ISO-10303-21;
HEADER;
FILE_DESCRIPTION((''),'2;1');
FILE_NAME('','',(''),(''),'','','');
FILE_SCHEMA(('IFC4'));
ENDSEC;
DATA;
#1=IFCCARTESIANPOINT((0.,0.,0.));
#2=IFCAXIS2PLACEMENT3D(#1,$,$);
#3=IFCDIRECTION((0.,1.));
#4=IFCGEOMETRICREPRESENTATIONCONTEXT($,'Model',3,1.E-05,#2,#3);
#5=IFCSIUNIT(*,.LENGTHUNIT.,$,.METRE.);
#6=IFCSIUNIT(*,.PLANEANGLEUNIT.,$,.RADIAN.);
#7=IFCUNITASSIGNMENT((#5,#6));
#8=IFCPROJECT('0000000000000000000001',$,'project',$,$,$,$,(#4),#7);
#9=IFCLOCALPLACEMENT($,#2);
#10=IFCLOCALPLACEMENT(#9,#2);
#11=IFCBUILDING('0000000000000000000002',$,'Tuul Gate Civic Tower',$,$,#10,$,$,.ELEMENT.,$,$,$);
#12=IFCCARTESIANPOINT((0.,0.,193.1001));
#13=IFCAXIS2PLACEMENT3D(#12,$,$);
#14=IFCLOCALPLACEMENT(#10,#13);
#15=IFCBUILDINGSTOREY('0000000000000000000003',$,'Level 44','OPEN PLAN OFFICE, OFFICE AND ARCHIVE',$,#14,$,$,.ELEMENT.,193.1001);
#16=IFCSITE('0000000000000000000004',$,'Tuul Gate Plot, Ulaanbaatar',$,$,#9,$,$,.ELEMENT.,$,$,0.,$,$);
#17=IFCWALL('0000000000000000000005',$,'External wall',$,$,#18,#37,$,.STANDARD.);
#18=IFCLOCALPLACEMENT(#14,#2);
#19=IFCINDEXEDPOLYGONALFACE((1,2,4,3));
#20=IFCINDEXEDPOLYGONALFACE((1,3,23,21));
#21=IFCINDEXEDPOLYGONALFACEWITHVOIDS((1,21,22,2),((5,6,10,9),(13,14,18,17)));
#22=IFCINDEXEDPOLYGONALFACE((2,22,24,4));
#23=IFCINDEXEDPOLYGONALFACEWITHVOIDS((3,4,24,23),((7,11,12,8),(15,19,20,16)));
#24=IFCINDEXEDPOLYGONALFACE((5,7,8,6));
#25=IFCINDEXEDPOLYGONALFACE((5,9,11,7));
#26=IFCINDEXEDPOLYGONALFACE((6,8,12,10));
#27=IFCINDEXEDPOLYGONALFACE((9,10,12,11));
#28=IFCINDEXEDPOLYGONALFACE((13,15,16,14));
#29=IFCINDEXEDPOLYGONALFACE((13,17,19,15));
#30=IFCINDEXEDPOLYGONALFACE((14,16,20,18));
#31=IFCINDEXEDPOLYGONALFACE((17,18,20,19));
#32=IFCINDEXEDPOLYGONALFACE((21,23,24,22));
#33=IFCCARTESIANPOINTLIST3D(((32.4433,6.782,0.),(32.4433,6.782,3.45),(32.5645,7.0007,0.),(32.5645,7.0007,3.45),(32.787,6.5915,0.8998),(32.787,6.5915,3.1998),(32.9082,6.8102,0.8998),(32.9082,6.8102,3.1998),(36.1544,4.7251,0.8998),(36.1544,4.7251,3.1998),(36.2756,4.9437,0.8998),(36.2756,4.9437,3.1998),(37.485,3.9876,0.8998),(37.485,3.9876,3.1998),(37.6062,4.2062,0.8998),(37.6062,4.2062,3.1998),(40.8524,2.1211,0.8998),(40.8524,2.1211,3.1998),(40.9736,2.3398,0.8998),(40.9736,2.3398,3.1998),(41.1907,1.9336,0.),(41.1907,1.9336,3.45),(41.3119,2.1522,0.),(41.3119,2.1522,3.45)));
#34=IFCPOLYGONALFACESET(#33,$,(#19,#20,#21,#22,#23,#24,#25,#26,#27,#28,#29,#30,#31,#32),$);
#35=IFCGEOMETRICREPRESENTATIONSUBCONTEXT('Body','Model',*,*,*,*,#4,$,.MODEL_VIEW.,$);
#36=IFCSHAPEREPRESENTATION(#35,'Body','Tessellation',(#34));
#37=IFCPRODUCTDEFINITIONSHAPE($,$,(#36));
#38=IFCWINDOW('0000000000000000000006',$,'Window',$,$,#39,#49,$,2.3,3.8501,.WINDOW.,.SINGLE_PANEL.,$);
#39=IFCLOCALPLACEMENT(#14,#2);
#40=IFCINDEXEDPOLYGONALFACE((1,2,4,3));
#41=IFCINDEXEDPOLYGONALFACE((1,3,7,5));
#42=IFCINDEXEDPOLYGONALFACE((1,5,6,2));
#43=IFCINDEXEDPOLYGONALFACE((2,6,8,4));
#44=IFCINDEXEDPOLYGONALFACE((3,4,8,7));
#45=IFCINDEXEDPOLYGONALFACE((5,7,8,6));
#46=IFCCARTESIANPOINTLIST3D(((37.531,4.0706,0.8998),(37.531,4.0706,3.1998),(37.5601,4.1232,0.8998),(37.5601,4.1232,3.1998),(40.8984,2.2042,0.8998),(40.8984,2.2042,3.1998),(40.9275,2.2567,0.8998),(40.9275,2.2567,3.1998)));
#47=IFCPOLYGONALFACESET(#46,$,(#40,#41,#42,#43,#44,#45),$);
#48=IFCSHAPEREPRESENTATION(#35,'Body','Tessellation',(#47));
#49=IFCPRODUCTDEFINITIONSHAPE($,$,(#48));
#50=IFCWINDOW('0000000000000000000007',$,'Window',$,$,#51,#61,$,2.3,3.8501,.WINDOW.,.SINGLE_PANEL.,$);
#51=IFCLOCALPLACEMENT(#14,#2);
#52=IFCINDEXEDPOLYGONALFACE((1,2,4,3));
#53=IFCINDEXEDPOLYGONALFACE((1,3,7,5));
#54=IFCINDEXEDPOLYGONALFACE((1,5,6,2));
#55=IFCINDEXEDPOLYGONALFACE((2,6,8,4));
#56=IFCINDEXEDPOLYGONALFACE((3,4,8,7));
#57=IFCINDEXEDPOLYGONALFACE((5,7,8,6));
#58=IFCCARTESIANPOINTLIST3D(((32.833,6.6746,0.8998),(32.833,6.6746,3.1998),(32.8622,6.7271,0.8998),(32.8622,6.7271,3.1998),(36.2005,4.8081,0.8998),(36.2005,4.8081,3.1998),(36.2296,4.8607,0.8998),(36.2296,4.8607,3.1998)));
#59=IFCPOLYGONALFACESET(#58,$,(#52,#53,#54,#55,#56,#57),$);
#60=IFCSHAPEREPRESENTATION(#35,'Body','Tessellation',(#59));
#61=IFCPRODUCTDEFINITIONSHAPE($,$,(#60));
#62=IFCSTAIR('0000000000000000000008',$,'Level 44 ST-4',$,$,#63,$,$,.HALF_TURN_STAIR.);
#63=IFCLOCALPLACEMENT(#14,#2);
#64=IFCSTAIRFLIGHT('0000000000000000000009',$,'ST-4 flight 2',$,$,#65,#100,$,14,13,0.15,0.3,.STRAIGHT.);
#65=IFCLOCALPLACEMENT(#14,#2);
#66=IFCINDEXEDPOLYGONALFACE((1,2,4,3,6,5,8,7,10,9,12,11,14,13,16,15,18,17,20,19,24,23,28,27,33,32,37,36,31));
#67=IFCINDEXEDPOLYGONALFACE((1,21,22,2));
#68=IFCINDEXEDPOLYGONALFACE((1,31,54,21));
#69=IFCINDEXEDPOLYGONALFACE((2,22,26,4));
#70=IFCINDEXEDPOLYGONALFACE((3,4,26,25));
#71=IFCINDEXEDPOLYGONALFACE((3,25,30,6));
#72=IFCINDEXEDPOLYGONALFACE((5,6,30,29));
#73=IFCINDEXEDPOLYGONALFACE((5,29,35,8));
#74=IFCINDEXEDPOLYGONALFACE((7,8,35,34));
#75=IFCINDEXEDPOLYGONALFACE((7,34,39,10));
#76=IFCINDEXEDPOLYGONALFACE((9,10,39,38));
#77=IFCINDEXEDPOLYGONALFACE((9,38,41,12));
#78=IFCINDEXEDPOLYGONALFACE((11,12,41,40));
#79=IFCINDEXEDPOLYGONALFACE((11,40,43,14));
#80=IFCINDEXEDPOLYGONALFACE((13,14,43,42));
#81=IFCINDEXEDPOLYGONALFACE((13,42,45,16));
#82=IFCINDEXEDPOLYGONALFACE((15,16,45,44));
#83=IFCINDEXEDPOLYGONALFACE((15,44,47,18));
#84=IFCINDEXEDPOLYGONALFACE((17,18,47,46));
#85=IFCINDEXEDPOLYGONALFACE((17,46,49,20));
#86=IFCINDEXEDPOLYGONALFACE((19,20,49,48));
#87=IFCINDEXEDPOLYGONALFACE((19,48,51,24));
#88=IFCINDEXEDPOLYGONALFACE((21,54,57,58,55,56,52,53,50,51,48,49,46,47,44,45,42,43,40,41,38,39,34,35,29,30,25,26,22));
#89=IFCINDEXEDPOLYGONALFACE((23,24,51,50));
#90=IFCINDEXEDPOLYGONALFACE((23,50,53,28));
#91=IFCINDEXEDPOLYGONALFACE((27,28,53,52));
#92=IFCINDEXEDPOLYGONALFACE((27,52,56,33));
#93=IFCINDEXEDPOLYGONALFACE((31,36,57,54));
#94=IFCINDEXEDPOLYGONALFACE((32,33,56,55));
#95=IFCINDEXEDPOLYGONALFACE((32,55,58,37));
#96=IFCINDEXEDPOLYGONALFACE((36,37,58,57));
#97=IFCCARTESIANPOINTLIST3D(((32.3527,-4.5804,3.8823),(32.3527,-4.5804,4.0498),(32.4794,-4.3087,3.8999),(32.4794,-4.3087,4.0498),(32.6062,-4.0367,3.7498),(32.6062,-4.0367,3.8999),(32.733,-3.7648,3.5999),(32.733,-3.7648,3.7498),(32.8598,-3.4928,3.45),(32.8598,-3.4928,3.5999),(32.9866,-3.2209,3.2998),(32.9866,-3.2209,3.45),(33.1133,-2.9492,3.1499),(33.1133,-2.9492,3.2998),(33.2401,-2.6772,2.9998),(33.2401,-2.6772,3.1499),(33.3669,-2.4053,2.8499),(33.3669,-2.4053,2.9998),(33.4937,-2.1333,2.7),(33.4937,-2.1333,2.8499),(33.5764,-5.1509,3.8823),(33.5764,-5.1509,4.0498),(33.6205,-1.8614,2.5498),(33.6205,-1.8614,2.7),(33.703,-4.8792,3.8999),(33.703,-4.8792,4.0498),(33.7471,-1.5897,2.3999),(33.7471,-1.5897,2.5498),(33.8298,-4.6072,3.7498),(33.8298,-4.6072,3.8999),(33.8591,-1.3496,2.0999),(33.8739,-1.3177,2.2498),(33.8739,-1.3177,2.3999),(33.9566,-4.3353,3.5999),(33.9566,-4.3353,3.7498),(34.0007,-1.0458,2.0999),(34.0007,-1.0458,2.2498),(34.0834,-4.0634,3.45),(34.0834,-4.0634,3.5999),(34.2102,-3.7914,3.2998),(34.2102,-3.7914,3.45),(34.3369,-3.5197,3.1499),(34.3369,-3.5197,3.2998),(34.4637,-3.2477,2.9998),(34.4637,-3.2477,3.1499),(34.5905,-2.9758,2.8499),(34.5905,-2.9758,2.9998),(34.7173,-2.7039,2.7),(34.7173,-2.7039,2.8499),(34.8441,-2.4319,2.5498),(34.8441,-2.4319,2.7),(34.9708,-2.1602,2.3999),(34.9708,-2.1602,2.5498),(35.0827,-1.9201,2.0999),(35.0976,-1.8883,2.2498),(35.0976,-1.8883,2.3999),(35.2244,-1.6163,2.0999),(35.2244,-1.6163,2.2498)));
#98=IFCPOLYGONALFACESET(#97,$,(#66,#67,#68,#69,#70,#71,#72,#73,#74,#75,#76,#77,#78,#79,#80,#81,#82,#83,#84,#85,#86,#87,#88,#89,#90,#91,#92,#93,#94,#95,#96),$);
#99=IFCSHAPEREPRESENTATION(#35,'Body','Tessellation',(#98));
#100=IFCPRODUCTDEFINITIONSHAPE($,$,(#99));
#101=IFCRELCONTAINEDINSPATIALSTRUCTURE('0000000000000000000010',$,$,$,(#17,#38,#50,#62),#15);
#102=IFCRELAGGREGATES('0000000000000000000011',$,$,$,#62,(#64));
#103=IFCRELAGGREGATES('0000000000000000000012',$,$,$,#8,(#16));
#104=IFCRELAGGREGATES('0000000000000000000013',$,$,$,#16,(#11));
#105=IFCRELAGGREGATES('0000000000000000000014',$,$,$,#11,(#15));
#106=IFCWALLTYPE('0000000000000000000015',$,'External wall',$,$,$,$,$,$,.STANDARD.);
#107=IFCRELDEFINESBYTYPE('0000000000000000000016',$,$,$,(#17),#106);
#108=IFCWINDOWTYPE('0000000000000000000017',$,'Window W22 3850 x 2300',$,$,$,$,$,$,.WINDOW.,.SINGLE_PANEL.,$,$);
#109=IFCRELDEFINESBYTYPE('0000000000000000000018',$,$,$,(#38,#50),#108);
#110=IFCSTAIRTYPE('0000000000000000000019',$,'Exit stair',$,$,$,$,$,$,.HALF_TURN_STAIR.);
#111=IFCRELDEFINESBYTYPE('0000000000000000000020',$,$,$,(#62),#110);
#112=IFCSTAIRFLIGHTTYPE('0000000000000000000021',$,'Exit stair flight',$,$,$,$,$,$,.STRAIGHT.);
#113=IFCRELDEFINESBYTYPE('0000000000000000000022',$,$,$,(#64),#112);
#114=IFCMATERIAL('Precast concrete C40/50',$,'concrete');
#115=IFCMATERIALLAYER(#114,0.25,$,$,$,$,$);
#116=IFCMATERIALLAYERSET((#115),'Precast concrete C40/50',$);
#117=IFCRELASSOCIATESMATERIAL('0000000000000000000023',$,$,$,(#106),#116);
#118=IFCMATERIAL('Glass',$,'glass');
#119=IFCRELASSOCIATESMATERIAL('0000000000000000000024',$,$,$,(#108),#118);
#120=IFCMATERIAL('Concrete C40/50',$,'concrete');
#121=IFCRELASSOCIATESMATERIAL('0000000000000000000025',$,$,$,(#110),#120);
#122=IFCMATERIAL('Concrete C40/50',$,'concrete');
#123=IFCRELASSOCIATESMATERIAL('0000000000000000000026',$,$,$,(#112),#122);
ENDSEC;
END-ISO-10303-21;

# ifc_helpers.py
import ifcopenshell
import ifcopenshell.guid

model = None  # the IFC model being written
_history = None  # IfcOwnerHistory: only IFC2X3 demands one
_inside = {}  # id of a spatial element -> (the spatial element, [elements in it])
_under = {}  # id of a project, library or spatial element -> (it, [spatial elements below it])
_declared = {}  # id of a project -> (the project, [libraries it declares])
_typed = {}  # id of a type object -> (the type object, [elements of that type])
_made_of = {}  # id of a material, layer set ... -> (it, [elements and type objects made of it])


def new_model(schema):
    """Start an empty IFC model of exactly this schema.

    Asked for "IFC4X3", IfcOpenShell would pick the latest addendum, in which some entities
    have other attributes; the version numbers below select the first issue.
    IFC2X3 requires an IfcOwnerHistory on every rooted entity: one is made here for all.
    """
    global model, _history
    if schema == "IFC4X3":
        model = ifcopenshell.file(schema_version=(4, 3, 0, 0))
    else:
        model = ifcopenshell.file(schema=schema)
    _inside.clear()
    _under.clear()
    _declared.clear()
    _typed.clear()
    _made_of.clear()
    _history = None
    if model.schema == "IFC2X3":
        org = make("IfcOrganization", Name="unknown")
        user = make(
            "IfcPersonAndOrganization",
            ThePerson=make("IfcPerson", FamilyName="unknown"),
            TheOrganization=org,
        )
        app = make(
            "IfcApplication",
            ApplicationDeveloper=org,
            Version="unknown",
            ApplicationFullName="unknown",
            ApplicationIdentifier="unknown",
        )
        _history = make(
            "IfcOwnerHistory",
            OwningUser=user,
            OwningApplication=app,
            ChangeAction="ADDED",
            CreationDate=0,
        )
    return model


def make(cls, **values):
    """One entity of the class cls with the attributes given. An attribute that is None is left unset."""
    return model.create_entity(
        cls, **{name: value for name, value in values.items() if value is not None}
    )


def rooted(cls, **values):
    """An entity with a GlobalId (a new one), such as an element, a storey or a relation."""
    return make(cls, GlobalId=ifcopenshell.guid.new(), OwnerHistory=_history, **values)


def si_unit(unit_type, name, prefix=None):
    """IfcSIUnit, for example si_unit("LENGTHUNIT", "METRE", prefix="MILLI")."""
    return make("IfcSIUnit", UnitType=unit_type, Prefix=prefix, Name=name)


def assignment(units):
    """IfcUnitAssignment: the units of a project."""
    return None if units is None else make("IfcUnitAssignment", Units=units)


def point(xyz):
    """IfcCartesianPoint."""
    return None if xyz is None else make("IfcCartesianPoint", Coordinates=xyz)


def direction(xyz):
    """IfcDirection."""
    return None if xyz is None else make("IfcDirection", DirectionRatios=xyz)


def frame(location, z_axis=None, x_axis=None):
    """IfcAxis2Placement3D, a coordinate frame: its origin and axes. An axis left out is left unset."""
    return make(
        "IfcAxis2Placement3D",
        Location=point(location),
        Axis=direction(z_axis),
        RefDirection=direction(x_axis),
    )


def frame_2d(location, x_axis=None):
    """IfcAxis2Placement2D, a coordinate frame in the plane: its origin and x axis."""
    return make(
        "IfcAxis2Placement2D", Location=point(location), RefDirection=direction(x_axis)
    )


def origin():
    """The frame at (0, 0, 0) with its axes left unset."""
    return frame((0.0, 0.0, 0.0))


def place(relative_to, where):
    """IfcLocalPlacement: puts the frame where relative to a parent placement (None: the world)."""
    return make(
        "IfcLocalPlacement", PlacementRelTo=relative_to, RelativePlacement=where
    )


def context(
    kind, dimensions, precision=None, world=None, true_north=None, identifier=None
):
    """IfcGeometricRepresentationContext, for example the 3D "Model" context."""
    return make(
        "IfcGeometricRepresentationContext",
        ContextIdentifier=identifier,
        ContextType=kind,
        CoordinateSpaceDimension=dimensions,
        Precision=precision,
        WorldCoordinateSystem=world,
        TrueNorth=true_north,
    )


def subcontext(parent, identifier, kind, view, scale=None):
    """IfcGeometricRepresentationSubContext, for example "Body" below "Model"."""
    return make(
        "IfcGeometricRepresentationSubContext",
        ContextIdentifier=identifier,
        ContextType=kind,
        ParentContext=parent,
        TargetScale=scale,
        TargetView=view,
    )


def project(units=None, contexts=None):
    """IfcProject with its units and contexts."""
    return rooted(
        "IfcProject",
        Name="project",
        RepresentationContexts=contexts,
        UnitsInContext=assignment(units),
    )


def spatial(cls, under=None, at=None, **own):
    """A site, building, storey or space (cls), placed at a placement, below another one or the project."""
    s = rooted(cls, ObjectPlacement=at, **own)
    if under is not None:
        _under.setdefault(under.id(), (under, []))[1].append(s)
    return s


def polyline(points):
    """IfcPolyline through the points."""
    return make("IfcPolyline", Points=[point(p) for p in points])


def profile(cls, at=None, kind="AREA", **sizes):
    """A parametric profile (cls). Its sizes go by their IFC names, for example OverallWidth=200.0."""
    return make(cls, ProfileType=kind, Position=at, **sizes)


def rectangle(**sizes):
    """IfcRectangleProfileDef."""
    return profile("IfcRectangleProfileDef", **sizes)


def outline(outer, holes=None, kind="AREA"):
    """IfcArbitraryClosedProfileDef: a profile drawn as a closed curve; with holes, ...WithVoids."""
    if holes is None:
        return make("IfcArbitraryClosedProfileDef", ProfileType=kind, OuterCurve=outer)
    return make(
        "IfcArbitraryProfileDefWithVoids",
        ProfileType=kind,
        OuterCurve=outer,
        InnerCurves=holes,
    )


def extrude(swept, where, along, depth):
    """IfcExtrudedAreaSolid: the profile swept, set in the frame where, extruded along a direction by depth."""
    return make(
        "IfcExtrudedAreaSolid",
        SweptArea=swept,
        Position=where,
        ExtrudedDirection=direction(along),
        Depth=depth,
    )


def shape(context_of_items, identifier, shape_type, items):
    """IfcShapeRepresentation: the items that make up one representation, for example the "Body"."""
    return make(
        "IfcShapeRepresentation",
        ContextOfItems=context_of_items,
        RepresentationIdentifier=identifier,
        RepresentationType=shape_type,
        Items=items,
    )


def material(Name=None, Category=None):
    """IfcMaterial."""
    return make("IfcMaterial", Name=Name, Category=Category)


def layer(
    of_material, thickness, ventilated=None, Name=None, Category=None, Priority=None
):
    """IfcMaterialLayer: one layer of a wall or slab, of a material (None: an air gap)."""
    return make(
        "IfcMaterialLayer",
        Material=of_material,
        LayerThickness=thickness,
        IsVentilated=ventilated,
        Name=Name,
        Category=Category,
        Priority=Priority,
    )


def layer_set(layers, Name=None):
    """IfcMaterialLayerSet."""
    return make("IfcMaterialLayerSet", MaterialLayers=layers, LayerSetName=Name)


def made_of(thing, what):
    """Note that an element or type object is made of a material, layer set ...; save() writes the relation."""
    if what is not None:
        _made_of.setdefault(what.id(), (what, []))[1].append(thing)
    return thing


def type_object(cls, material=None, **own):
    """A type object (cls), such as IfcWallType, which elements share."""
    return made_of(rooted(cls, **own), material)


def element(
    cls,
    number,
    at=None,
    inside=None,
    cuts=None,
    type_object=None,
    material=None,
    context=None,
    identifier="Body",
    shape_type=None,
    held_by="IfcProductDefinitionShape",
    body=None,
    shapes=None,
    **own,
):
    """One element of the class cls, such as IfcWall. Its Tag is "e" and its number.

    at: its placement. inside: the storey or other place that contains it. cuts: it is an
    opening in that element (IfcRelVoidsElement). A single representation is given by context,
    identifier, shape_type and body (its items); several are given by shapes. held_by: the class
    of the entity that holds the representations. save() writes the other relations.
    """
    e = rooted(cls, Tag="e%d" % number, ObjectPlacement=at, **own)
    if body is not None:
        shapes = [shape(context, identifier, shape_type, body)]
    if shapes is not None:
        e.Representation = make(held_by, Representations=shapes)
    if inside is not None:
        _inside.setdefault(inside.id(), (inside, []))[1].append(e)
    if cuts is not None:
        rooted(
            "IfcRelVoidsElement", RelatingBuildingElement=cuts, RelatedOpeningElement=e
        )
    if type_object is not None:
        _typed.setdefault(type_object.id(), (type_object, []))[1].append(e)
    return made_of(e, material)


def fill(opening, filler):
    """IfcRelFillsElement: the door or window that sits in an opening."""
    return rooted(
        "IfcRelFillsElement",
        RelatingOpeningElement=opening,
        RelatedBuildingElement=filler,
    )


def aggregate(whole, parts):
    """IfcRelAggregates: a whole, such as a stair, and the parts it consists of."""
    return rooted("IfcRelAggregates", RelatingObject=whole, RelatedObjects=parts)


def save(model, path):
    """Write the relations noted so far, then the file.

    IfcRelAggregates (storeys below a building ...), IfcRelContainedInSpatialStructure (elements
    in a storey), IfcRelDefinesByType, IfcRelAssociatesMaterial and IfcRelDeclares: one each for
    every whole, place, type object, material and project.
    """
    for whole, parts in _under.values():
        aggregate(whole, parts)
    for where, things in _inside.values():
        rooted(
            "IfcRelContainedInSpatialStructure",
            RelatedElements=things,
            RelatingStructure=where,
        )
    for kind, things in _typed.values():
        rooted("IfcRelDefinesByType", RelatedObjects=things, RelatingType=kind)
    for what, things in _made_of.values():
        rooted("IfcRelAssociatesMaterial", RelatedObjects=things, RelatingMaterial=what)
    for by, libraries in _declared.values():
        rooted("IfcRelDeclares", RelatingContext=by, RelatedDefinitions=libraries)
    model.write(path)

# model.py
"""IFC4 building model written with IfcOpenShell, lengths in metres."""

from ifc_helpers import new_model, si_unit, direction, frame, frame_2d, origin, place, context, subcontext, project, spatial, polyline, rectangle, outline, extrude, material, layer, layer_set, type_object, element, fill, aggregate, save


model = new_model("IFC4")

# Units and contexts
model_context = context("Model", 3, precision=1e-05, world=origin(), true_north=direction((0.0, 1.0)))
body_context = subcontext(model_context, "Body", "Model", "MODEL_VIEW")
ifc_project = project(units=[si_unit("LENGTHUNIT", "METRE"), si_unit("PLANEANGLEUNIT", "RADIAN")], contexts=[model_context])

# Site, building, storey
site_placement = place(None, origin())
site = spatial("IfcSite", under=ifc_project, at=site_placement, Name="Tuul Gate Plot, Ulaanbaatar", CompositionType="ELEMENT", RefElevation=0.0)
building_placement = place(site_placement, origin())
building = spatial("IfcBuilding", under=site, at=building_placement, Name="Tuul Gate Civic Tower", CompositionType="ELEMENT")
storey_placement = place(building_placement, frame((0.0, 0.0, 193.1001)))
storey = spatial("IfcBuildingStorey", under=building, at=storey_placement, Name="Level 44", Description="OPEN PLAN OFFICE, OFFICE AND ARCHIVE", CompositionType="ELEMENT", Elevation=193.1001)

# Wall, openings, windows
ifc_material_1 = material(Name="Precast concrete C40/50", Category="concrete")
ifc_layer_1 = layer(ifc_material_1, 0.25)
ifc_layer_set_1 = layer_set([ifc_layer_1], Name="Precast concrete C40/50")
wall_type_1 = type_object("IfcWallType", Name="External wall", PredefinedType="STANDARD", material=ifc_layer_set_1)
wall_1_placement = place(storey_placement, frame((41.2512, 2.043, 0.0), z_axis=(0.0, 0.0, 1.0), x_axis=(-0.874634, 0.484785, 0.0)))
wall_1 = element("IfcWall", 1, at=wall_1_placement, inside=storey, type_object=wall_type_1, Name="External wall", PredefinedType="STANDARD", context=body_context, shape_type="SweptSolid", body=[
    extrude(rectangle(XDim=10.0012, YDim=0.25, at=frame_2d((5.0005, 0.0))), origin(), (0.0, 0.0, 1.0), 3.45),
])
opening_1_placement = place(wall_1_placement, frame((0.3867, 0.0, 0.8999)))
opening_1 = element("IfcOpeningElement", 2, at=opening_1_placement, cuts=wall_1, PredefinedType="OPENING", context=body_context, shape_type="SweptSolid", body=[
    extrude(rectangle(XDim=3.8501, YDim=2.3, at=frame_2d((1.925, 1.1499))), frame((0.0, 0.135, 0.0), z_axis=(0.0, -1.0, 0.0), x_axis=(1.0, 0.0, 0.0)), (0.0, 0.0, 1.0), 0.27),
])
opening_2_placement = place(wall_1_placement, frame((5.7581, 0.0, 0.8999)))
opening_2 = element("IfcOpeningElement", 3, at=opening_2_placement, cuts=wall_1, PredefinedType="OPENING", context=body_context, shape_type="SweptSolid", body=[
    extrude(rectangle(XDim=3.8501, YDim=2.3, at=frame_2d((1.925, 1.1499))), frame((0.0, 0.135, 0.0), z_axis=(0.0, -1.0, 0.0), x_axis=(1.0, 0.0, 0.0)), (0.0, 0.0, 1.0), 0.27),
])
ifc_material_2 = material(Name="Glass", Category="glass")
window_type = type_object("IfcWindowType", Name="Window W22 3850 x 2300", PartitioningType="SINGLE_PANEL", PredefinedType="WINDOW", material=ifc_material_2)
window_1_placement = place(opening_1_placement, origin())
window_1 = element("IfcWindow", 4, at=window_1_placement, inside=storey, type_object=window_type, Name="Window", OverallHeight=2.3, OverallWidth=3.8501, PartitioningType="SINGLE_PANEL", PredefinedType="WINDOW", context=body_context, shape_type="SweptSolid", body=[
    extrude(rectangle(XDim=3.8501, YDim=2.3, at=frame_2d((1.925, 1.1499))), frame((0.0, 0.03, 0.0), z_axis=(0.0, -1.0, 0.0), x_axis=(1.0, 0.0, 0.0)), (0.0, 0.0, 1.0), 0.0601),
])
fill(opening_1, window_1)
window_2_placement = place(opening_2_placement, origin())
window_2 = element("IfcWindow", 5, at=window_2_placement, inside=storey, type_object=window_type, Name="Window", OverallHeight=2.3, OverallWidth=3.8501, PartitioningType="SINGLE_PANEL", PredefinedType="WINDOW", context=body_context, shape_type="SweptSolid", body=[
    extrude(rectangle(XDim=3.8501, YDim=2.3, at=frame_2d((1.925, 1.1499))), frame((0.0, 0.03, 0.0), z_axis=(0.0, -1.0, 0.0), x_axis=(1.0, 0.0, 0.0)), (0.0, 0.0, 1.0), 0.0601),
])
fill(opening_2, window_2)

# Stair, stair flight
ifc_material_3 = material(Name="Concrete C40/50", Category="concrete")
stair_type = type_object("IfcStairType", Name="Exit stair", PredefinedType="HALF_TURN_STAIR", material=ifc_material_3)
stair_placement = place(storey_placement, origin())
stair = element("IfcStair", 6, at=stair_placement, inside=storey, type_object=stair_type, Name="Level 44 ST-4", PredefinedType="HALF_TURN_STAIR")
ifc_material_4 = material(Name="Concrete C40/50", Category="concrete")
stair_flight_type = type_object("IfcStairFlightType", Name="Exit stair flight", PredefinedType="STRAIGHT", material=ifc_material_4)
stair_flight_placement = place(storey_placement, frame((34.6125, -1.3311, 2.0999), z_axis=(0.0, 0.0, 1.0), x_axis=(-0.422576, -0.906327, 0.0)))
stair_flight = element("IfcStairFlight", 7, at=stair_flight_placement, type_object=stair_flight_type, Name="ST-4 flight 2", NumberOfRisers=14, NumberOfTreads=13, PredefinedType="STRAIGHT", RiserHeight=0.15, TreadLength=0.3, context=body_context, shape_type="SweptSolid", body=[
    extrude(outline(polyline([(0.0, 0.0), (0.0, 0.1499), (0.3, 0.1499), (0.3, 0.3), (0.6001, 0.3), (0.6001, 0.45), (0.8999, 0.45), (0.8999, 0.6001), (1.2, 0.6001), (1.2, 0.75), (1.5, 0.75), (1.5, 0.8999), (1.8, 0.8999), (1.8, 1.05), (2.1001, 1.05), (2.1001, 1.2), (2.3999, 1.2), (2.3999, 1.3501), (2.7, 1.3501), (2.7, 1.5), (3.0, 1.5), (3.0, 1.6499), (3.3, 1.6499), (3.3, 1.8), (3.6001, 1.8), (3.6001, 1.95), (3.8999, 1.95), (3.8999, 2.1001), (3.8999, 1.7825), (0.3352, 0.0), (0.0, 0.0)])), frame((0.0, 0.675, 0.0), z_axis=(0.0, -1.0, 0.0), x_axis=(1.0, 0.0, 0.0)), (0.0, 0.0, 1.0), 1.3501),
])
aggregate(stair, [stair_flight])

save(model, "model.ifc")
